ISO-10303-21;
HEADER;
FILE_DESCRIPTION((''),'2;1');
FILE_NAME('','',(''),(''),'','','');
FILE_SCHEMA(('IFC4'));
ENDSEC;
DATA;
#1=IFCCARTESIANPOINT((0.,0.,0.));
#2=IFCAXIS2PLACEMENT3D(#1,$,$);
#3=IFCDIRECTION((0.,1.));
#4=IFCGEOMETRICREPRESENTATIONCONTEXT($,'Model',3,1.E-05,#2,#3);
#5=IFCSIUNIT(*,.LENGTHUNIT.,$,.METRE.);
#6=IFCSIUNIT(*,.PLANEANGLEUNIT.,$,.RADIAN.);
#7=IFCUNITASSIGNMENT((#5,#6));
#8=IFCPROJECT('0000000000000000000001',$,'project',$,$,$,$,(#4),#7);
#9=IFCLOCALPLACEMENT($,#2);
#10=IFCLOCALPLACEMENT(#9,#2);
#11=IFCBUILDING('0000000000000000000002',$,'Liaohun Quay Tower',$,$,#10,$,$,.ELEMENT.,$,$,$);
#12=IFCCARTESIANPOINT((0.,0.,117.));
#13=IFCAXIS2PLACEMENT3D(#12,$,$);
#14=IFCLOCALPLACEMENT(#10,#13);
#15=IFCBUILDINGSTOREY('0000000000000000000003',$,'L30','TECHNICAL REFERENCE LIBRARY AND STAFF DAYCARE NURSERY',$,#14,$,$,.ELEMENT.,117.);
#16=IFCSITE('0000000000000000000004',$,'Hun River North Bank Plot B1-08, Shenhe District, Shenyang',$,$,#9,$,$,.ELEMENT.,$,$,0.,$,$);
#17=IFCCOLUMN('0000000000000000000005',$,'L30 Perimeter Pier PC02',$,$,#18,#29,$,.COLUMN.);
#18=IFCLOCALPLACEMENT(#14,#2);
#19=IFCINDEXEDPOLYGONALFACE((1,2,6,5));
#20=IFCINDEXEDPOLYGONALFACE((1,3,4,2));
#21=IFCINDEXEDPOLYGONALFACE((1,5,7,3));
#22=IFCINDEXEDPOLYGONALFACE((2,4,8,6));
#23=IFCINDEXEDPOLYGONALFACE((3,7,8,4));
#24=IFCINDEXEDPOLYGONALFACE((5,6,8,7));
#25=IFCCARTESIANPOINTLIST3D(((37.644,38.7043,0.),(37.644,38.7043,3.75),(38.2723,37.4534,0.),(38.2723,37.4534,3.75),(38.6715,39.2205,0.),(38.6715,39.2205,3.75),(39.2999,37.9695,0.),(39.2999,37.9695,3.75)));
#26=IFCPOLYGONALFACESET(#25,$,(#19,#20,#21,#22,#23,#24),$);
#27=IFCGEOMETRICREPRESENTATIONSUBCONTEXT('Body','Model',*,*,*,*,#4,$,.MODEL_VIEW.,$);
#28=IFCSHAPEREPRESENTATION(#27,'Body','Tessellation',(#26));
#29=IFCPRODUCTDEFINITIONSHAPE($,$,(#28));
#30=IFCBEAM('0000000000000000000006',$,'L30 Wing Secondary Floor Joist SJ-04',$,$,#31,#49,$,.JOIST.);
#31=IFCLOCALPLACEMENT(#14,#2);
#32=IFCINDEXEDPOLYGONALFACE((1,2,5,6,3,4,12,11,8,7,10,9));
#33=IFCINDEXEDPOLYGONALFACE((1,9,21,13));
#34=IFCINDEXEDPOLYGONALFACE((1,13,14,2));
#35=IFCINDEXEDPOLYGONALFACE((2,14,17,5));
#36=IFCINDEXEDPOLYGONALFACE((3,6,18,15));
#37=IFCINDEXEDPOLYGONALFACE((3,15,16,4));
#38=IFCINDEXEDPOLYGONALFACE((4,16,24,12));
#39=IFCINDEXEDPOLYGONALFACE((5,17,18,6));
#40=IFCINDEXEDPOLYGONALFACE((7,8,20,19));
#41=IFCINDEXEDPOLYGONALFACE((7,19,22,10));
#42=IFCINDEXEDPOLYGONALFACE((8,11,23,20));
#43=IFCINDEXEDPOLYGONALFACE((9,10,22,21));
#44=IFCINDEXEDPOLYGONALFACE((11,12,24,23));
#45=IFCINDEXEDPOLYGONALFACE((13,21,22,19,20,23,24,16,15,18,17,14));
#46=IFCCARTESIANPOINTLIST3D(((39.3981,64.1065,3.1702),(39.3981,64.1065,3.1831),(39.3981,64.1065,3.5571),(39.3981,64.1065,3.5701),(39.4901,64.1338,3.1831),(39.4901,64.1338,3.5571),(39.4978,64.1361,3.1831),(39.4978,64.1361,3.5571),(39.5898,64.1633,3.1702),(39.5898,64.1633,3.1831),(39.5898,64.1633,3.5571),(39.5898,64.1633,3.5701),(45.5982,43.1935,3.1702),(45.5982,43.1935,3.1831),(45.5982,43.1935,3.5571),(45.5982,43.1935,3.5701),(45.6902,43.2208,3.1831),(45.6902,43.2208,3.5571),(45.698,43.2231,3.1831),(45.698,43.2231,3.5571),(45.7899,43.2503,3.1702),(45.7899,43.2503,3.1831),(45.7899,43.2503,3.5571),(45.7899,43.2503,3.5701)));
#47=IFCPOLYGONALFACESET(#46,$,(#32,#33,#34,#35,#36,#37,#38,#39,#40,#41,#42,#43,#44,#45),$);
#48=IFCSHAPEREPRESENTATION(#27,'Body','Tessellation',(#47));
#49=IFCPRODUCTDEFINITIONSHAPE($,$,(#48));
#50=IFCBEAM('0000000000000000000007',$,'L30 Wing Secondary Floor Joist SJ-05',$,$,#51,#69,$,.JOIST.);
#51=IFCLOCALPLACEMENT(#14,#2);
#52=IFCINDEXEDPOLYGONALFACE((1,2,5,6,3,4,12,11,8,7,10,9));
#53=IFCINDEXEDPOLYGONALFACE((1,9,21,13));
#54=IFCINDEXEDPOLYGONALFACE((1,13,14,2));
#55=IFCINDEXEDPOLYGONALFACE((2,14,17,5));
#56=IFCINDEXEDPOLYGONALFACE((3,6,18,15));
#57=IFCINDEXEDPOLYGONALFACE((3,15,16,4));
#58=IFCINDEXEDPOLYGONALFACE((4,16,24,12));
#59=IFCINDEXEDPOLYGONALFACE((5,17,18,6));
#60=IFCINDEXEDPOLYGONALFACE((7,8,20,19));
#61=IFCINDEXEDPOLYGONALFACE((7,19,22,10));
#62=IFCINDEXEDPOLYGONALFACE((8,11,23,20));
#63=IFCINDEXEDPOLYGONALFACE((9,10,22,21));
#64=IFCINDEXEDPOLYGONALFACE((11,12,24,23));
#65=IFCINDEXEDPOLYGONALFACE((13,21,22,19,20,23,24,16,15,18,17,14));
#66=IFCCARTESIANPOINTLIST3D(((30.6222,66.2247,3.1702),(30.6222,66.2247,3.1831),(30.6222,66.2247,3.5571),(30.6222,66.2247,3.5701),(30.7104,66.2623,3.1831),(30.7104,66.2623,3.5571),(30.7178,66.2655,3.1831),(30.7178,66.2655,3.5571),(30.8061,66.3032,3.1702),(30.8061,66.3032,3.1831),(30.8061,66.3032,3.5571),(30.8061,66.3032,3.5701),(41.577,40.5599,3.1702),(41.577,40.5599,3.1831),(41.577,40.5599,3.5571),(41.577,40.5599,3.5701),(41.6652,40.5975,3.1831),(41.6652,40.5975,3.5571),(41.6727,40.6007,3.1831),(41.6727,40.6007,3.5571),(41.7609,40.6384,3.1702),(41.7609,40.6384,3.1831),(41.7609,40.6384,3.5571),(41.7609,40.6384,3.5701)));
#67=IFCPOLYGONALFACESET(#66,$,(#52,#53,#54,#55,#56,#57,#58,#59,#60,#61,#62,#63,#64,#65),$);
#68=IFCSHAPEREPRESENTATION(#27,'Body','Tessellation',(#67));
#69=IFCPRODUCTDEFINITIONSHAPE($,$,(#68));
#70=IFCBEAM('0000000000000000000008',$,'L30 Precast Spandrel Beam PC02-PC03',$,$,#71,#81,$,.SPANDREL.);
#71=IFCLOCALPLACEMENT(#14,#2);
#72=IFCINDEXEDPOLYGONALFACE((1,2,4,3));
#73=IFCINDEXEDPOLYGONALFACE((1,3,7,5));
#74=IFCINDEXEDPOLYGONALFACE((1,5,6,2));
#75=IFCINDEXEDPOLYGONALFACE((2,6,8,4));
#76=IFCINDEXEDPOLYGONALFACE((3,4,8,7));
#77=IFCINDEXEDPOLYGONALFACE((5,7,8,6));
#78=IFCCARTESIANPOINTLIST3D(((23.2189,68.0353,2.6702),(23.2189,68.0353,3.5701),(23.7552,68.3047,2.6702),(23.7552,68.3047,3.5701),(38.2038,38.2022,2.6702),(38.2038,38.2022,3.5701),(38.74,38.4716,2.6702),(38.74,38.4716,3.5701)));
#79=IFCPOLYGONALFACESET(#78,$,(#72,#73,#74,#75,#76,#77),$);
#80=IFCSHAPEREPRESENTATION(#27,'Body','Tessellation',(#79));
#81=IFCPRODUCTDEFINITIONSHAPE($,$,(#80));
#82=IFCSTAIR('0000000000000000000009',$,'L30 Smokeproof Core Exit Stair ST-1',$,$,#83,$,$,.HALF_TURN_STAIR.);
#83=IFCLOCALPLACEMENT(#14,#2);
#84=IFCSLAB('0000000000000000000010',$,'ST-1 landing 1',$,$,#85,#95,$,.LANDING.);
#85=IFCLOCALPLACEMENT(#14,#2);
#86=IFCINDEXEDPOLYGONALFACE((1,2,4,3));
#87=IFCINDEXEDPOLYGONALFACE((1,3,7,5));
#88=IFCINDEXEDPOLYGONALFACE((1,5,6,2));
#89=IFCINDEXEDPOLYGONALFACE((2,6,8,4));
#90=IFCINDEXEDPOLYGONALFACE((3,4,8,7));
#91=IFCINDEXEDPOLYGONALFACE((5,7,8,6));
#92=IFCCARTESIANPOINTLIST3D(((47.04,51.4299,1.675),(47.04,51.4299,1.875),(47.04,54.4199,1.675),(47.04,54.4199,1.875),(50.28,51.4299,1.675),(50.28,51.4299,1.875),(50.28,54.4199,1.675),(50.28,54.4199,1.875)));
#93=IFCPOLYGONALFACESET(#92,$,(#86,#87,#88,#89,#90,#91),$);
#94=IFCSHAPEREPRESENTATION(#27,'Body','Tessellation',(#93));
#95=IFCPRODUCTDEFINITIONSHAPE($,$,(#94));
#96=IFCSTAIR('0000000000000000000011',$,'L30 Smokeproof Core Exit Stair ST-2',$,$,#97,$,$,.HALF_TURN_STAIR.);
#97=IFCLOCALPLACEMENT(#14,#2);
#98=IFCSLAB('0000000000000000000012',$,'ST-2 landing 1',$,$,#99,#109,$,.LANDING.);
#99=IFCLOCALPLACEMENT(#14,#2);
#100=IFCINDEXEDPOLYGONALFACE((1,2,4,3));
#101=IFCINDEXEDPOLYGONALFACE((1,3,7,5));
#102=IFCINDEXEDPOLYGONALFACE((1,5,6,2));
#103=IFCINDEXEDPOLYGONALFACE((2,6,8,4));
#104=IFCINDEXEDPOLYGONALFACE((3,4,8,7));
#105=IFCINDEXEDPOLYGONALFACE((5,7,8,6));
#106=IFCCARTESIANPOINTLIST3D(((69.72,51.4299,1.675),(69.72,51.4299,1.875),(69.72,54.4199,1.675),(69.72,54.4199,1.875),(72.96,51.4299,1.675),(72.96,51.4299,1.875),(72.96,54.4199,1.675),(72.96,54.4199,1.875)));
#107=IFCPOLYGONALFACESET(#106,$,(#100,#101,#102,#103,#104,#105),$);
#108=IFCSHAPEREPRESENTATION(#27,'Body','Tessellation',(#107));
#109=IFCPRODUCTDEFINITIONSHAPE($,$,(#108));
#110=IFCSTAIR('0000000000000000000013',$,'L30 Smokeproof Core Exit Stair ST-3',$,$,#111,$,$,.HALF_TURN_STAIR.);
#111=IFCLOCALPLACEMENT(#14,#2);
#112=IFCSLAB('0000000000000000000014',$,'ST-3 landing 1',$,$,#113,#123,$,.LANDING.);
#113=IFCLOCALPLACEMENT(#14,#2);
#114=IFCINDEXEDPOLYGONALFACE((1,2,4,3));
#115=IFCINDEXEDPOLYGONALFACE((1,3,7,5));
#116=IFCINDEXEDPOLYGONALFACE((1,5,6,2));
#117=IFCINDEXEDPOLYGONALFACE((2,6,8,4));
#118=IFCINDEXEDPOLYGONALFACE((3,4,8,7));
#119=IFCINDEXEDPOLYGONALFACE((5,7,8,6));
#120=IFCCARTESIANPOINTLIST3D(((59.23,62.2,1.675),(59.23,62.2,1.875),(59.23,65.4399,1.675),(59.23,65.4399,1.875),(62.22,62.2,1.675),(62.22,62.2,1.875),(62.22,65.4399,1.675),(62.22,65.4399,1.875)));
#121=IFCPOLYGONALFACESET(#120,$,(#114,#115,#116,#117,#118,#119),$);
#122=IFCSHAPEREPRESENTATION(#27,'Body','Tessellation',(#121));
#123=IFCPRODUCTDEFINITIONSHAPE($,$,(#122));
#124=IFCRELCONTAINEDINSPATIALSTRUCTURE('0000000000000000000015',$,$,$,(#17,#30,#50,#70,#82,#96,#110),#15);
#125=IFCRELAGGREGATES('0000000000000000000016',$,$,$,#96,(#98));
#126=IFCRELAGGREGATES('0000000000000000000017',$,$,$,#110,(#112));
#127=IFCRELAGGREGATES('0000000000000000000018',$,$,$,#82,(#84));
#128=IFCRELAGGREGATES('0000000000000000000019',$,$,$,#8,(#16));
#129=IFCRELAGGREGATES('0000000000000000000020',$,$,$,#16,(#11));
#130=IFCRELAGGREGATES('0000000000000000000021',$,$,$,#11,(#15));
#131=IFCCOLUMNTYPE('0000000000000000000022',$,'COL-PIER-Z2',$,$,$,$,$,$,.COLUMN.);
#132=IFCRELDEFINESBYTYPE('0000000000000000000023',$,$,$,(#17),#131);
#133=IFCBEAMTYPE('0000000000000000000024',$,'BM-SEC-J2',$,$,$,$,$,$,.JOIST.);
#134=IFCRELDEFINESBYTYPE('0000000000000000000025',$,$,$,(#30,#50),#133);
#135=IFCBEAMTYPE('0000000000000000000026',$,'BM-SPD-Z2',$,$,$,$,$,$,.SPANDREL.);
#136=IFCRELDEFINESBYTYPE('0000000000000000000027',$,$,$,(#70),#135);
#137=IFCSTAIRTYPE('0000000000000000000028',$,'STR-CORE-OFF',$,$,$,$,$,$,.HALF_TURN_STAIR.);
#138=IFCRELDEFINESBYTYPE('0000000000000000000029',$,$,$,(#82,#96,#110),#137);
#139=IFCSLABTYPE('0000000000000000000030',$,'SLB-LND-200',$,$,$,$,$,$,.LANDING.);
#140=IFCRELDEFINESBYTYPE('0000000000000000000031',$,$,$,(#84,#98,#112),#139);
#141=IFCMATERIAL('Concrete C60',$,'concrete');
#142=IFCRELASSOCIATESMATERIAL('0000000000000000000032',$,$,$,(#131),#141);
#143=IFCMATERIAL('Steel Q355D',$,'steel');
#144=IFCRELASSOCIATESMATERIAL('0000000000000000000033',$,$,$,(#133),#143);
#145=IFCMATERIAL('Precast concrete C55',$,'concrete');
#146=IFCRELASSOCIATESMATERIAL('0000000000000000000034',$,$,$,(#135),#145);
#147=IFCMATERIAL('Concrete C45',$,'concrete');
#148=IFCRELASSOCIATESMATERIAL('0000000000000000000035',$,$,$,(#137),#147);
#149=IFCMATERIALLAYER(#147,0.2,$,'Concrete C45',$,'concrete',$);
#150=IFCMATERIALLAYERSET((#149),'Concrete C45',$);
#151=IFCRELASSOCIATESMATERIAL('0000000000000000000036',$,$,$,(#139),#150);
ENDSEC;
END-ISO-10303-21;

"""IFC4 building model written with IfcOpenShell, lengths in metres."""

from ifc_helpers import new_model, si_unit, direction, frame, origin, origin_2d, place, context, subcontext, project, spatial, polyline, rectangle, i_section, outline, extrude, source, transform, mapped, material, layer, layer_set, material_profile, profile_set, type_object, element, aggregate, save


model = new_model("IFC4")

# Units and contexts
model_context = context("Model", 3, precision=1e-05, world=origin(), true_north=direction((0.0, 1.0)))
body_context = subcontext(model_context, "Body", "Model", "MODEL_VIEW")
ifc_project = project(units=[si_unit("LENGTHUNIT", "METRE"), si_unit("PLANEANGLEUNIT", "RADIAN")], contexts=[model_context])

# Site, building, storey
site_placement = place(None, origin())
site = spatial("IfcSite", under=ifc_project, at=site_placement, Name="Hun River North Bank Plot B1-08, Shenhe District, Shenyang", CompositionType="ELEMENT", RefElevation=0.0)
building_placement = place(site_placement, origin())
building = spatial("IfcBuilding", under=site, at=building_placement, Name="Liaohun Quay Tower", CompositionType="ELEMENT")
storey_placement = place(building_placement, frame((0.0, 0.0, 117.0)))
storey = spatial("IfcBuildingStorey", under=building, at=storey_placement, Name="L30", Description="TECHNICAL REFERENCE LIBRARY AND STAFF DAYCARE NURSERY", CompositionType="ELEMENT", Elevation=117.0)

# Column
ifc_material_1 = material(Name="Concrete C60", Category="concrete")
ifc_material_profile_1 = material_profile(ifc_material_1, rectangle(XDim=1.3999, YDim=1.1499, at=origin_2d()), Name="RC1400x1150")
ifc_profile_set_1 = profile_set([ifc_material_profile_1], Name="Concrete C60")
column_type = type_object("IfcColumnType", Name="COL-PIER-Z2", PredefinedType="COLUMN", material=ifc_profile_set_1)
shared_shape_1 = source(origin(), body_context, "Body", "SweptSolid", [
    extrude(rectangle(XDim=1.3999, YDim=1.1499, at=origin_2d()), origin(), (0.0, 0.0, 1.0), 3.75),
])
column_placement = place(storey_placement, frame((38.4719, 38.3369, 0.0), z_axis=(0.0, 0.0, 1.0), x_axis=(-0.448851, 0.893607, 0.0)))
element("IfcColumn", 1, at=column_placement, inside=storey, type_object=column_type, Name="L30 Perimeter Pier PC02", PredefinedType="COLUMN", context=body_context, shape_type="MappedRepresentation", body=[
    mapped(shared_shape_1, transform((0.0, 0.0, 0.0), x_axis=(1.0, 0.0, 0.0), y_axis=(0.0, 1.0, 0.0), z_axis=(0.0, 0.0, 1.0), scale=1.0)),
])

# Beams
ifc_material_2 = material(Name="Steel Q355D", Category="steel")
ifc_material_profile_2 = material_profile(ifc_material_2, i_section(OverallWidth=0.2, OverallDepth=0.3999, WebThickness=0.0081, FlangeThickness=0.0129, at=origin_2d()), Name="HN400x200x8x13")
ifc_profile_set_2 = profile_set([ifc_material_profile_2], Name="Steel Q355D")
beam_type_1 = type_object("IfcBeamType", Name="BM-SEC-J2", PredefinedType="JOIST", material=ifc_profile_set_2)
shared_shape_2 = source(origin(), body_context, "Body", "SweptSolid", [
    extrude(i_section(OverallWidth=0.2, OverallDepth=0.3999, WebThickness=0.0081, FlangeThickness=0.0129, at=origin_2d()), origin(), (0.0, 0.0, 1.0), 21.8127),
])
beam_1_placement = place(storey_placement, frame((45.6941, 43.2219, 3.3701), z_axis=(-0.284245, 0.958752, 0.0), x_axis=(-0.958752, -0.284245, 0.0)))
element("IfcBeam", 2, at=beam_1_placement, inside=storey, type_object=beam_type_1, Name="L30 Wing Secondary Floor Joist SJ-04", PredefinedType="JOIST", context=body_context, shape_type="MappedRepresentation", body=[
    mapped(shared_shape_2, transform((0.0, 0.0, 0.0), x_axis=(1.0, 0.0, 0.0), y_axis=(0.0, 1.0, 0.0), z_axis=(0.0, 0.0, 1.0), scale=1.0)),
])
shared_shape_3 = source(origin(), body_context, "Body", "SweptSolid", [
    extrude(i_section(OverallWidth=0.2, OverallDepth=0.3999, WebThickness=0.0081, FlangeThickness=0.0129, at=origin_2d()), origin(), (0.0, 0.0, 1.0), 27.905),
])
beam_2_placement = place(storey_placement, frame((41.6689, 40.5991, 3.3701), z_axis=(-0.392576, 0.91972, 0.0), x_axis=(-0.91972, -0.392576, 0.0)))
element("IfcBeam", 3, at=beam_2_placement, inside=storey, type_object=beam_type_1, Name="L30 Wing Secondary Floor Joist SJ-05", PredefinedType="JOIST", context=body_context, shape_type="MappedRepresentation", body=[
    mapped(shared_shape_3, transform((0.0, 0.0, 0.0), x_axis=(1.0, 0.0, 0.0), y_axis=(0.0, 1.0, 0.0), z_axis=(0.0, 0.0, 1.0), scale=1.0)),
])
ifc_material_3 = material(Name="Precast concrete C55", Category="concrete")
ifc_material_profile_3 = material_profile(ifc_material_3, rectangle(XDim=0.6001, YDim=0.8999, at=origin_2d()), Name="RC600x900")
ifc_profile_set_3 = profile_set([ifc_material_profile_3], Name="Precast concrete C55")
beam_type_2 = type_object("IfcBeamType", Name="BM-SPD-Z2", PredefinedType="SPANDREL", material=ifc_profile_set_3)
shared_shape_4 = source(origin(), body_context, "Body", "SweptSolid", [
    extrude(rectangle(XDim=0.6001, YDim=0.8999, at=origin_2d()), origin(), (0.0, 0.0, 1.0), 33.385),
])
beam_3_placement = place(storey_placement, frame((38.4719, 38.3369, 3.1201), z_axis=(-0.448851, 0.893607, 0.0), x_axis=(-0.893607, -0.448851, 0.0)))
element("IfcBeam", 4, at=beam_3_placement, inside=storey, type_object=beam_type_2, Name="L30 Precast Spandrel Beam PC02-PC03", PredefinedType="SPANDREL", context=body_context, shape_type="MappedRepresentation", body=[
    mapped(shared_shape_4, transform((0.0, 0.0, 0.0), x_axis=(1.0, 0.0, 0.0), y_axis=(0.0, 1.0, 0.0), z_axis=(0.0, 0.0, 1.0), scale=1.0)),
])

# Stairs, slabs
ifc_material_4 = material(Name="Concrete C45", Category="concrete")
stair_type = type_object("IfcStairType", Name="STR-CORE-OFF", PredefinedType="HALF_TURN_STAIR", material=ifc_material_4)
stair_1_placement = place(storey_placement, origin())
stair_1 = element("IfcStair", 5, at=stair_1_placement, inside=storey, type_object=stair_type, Name="L30 Smokeproof Core Exit Stair ST-1", PredefinedType="HALF_TURN_STAIR")
ifc_layer_1 = layer(ifc_material_4, 0.2, Name="Concrete C45", Category="concrete")
ifc_layer_set_1 = layer_set([ifc_layer_1], Name="Concrete C45")
slab_type_1 = type_object("IfcSlabType", Name="SLB-LND-200", PredefinedType="LANDING", material=ifc_layer_set_1)
slab_1_placement = place(storey_placement, frame((0.0, 0.0, 1.675)))
slab_1 = element("IfcSlab", 6, at=slab_1_placement, type_object=slab_type_1, Name="ST-1 landing 1", PredefinedType="LANDING", context=body_context, shape_type="SweptSolid", body=[
    extrude(outline(polyline([(50.28, 51.4299), (50.28, 54.4199), (47.04, 54.4199), (47.04, 51.4299), (50.28, 51.4299)])), origin(), (0.0, 0.0, 1.0), 0.2),
])
stair_2_placement = place(storey_placement, origin())
stair_2 = element("IfcStair", 7, at=stair_2_placement, inside=storey, type_object=stair_type, Name="L30 Smokeproof Core Exit Stair ST-2", PredefinedType="HALF_TURN_STAIR")
slab_2_placement = place(storey_placement, frame((0.0, 0.0, 1.675)))
slab_2 = element("IfcSlab", 8, at=slab_2_placement, type_object=slab_type_1, Name="ST-2 landing 1", PredefinedType="LANDING", context=body_context, shape_type="SweptSolid", body=[
    extrude(outline(polyline([(72.96, 51.4299), (72.96, 54.4199), (69.72, 54.4199), (69.72, 51.4299), (72.96, 51.4299)])), origin(), (0.0, 0.0, 1.0), 0.2),
])
aggregate(stair_2, [slab_2])
stair_3_placement = place(storey_placement, origin())
stair_3 = element("IfcStair", 9, at=stair_3_placement, inside=storey, type_object=stair_type, Name="L30 Smokeproof Core Exit Stair ST-3", PredefinedType="HALF_TURN_STAIR")
slab_3_placement = place(storey_placement, frame((0.0, 0.0, 1.675)))
slab_3 = element("IfcSlab", 10, at=slab_3_placement, type_object=slab_type_1, Name="ST-3 landing 1", PredefinedType="LANDING", context=body_context, shape_type="SweptSolid", body=[
    extrude(outline(polyline([(59.23, 62.2), (62.22, 62.2), (62.22, 65.4399), (59.23, 65.4399), (59.23, 62.2)])), origin(), (0.0, 0.0, 1.0), 0.2),
])
aggregate(stair_3, [slab_3])

aggregate(stair_1, [slab_1])

save(model, "model.ifc")
